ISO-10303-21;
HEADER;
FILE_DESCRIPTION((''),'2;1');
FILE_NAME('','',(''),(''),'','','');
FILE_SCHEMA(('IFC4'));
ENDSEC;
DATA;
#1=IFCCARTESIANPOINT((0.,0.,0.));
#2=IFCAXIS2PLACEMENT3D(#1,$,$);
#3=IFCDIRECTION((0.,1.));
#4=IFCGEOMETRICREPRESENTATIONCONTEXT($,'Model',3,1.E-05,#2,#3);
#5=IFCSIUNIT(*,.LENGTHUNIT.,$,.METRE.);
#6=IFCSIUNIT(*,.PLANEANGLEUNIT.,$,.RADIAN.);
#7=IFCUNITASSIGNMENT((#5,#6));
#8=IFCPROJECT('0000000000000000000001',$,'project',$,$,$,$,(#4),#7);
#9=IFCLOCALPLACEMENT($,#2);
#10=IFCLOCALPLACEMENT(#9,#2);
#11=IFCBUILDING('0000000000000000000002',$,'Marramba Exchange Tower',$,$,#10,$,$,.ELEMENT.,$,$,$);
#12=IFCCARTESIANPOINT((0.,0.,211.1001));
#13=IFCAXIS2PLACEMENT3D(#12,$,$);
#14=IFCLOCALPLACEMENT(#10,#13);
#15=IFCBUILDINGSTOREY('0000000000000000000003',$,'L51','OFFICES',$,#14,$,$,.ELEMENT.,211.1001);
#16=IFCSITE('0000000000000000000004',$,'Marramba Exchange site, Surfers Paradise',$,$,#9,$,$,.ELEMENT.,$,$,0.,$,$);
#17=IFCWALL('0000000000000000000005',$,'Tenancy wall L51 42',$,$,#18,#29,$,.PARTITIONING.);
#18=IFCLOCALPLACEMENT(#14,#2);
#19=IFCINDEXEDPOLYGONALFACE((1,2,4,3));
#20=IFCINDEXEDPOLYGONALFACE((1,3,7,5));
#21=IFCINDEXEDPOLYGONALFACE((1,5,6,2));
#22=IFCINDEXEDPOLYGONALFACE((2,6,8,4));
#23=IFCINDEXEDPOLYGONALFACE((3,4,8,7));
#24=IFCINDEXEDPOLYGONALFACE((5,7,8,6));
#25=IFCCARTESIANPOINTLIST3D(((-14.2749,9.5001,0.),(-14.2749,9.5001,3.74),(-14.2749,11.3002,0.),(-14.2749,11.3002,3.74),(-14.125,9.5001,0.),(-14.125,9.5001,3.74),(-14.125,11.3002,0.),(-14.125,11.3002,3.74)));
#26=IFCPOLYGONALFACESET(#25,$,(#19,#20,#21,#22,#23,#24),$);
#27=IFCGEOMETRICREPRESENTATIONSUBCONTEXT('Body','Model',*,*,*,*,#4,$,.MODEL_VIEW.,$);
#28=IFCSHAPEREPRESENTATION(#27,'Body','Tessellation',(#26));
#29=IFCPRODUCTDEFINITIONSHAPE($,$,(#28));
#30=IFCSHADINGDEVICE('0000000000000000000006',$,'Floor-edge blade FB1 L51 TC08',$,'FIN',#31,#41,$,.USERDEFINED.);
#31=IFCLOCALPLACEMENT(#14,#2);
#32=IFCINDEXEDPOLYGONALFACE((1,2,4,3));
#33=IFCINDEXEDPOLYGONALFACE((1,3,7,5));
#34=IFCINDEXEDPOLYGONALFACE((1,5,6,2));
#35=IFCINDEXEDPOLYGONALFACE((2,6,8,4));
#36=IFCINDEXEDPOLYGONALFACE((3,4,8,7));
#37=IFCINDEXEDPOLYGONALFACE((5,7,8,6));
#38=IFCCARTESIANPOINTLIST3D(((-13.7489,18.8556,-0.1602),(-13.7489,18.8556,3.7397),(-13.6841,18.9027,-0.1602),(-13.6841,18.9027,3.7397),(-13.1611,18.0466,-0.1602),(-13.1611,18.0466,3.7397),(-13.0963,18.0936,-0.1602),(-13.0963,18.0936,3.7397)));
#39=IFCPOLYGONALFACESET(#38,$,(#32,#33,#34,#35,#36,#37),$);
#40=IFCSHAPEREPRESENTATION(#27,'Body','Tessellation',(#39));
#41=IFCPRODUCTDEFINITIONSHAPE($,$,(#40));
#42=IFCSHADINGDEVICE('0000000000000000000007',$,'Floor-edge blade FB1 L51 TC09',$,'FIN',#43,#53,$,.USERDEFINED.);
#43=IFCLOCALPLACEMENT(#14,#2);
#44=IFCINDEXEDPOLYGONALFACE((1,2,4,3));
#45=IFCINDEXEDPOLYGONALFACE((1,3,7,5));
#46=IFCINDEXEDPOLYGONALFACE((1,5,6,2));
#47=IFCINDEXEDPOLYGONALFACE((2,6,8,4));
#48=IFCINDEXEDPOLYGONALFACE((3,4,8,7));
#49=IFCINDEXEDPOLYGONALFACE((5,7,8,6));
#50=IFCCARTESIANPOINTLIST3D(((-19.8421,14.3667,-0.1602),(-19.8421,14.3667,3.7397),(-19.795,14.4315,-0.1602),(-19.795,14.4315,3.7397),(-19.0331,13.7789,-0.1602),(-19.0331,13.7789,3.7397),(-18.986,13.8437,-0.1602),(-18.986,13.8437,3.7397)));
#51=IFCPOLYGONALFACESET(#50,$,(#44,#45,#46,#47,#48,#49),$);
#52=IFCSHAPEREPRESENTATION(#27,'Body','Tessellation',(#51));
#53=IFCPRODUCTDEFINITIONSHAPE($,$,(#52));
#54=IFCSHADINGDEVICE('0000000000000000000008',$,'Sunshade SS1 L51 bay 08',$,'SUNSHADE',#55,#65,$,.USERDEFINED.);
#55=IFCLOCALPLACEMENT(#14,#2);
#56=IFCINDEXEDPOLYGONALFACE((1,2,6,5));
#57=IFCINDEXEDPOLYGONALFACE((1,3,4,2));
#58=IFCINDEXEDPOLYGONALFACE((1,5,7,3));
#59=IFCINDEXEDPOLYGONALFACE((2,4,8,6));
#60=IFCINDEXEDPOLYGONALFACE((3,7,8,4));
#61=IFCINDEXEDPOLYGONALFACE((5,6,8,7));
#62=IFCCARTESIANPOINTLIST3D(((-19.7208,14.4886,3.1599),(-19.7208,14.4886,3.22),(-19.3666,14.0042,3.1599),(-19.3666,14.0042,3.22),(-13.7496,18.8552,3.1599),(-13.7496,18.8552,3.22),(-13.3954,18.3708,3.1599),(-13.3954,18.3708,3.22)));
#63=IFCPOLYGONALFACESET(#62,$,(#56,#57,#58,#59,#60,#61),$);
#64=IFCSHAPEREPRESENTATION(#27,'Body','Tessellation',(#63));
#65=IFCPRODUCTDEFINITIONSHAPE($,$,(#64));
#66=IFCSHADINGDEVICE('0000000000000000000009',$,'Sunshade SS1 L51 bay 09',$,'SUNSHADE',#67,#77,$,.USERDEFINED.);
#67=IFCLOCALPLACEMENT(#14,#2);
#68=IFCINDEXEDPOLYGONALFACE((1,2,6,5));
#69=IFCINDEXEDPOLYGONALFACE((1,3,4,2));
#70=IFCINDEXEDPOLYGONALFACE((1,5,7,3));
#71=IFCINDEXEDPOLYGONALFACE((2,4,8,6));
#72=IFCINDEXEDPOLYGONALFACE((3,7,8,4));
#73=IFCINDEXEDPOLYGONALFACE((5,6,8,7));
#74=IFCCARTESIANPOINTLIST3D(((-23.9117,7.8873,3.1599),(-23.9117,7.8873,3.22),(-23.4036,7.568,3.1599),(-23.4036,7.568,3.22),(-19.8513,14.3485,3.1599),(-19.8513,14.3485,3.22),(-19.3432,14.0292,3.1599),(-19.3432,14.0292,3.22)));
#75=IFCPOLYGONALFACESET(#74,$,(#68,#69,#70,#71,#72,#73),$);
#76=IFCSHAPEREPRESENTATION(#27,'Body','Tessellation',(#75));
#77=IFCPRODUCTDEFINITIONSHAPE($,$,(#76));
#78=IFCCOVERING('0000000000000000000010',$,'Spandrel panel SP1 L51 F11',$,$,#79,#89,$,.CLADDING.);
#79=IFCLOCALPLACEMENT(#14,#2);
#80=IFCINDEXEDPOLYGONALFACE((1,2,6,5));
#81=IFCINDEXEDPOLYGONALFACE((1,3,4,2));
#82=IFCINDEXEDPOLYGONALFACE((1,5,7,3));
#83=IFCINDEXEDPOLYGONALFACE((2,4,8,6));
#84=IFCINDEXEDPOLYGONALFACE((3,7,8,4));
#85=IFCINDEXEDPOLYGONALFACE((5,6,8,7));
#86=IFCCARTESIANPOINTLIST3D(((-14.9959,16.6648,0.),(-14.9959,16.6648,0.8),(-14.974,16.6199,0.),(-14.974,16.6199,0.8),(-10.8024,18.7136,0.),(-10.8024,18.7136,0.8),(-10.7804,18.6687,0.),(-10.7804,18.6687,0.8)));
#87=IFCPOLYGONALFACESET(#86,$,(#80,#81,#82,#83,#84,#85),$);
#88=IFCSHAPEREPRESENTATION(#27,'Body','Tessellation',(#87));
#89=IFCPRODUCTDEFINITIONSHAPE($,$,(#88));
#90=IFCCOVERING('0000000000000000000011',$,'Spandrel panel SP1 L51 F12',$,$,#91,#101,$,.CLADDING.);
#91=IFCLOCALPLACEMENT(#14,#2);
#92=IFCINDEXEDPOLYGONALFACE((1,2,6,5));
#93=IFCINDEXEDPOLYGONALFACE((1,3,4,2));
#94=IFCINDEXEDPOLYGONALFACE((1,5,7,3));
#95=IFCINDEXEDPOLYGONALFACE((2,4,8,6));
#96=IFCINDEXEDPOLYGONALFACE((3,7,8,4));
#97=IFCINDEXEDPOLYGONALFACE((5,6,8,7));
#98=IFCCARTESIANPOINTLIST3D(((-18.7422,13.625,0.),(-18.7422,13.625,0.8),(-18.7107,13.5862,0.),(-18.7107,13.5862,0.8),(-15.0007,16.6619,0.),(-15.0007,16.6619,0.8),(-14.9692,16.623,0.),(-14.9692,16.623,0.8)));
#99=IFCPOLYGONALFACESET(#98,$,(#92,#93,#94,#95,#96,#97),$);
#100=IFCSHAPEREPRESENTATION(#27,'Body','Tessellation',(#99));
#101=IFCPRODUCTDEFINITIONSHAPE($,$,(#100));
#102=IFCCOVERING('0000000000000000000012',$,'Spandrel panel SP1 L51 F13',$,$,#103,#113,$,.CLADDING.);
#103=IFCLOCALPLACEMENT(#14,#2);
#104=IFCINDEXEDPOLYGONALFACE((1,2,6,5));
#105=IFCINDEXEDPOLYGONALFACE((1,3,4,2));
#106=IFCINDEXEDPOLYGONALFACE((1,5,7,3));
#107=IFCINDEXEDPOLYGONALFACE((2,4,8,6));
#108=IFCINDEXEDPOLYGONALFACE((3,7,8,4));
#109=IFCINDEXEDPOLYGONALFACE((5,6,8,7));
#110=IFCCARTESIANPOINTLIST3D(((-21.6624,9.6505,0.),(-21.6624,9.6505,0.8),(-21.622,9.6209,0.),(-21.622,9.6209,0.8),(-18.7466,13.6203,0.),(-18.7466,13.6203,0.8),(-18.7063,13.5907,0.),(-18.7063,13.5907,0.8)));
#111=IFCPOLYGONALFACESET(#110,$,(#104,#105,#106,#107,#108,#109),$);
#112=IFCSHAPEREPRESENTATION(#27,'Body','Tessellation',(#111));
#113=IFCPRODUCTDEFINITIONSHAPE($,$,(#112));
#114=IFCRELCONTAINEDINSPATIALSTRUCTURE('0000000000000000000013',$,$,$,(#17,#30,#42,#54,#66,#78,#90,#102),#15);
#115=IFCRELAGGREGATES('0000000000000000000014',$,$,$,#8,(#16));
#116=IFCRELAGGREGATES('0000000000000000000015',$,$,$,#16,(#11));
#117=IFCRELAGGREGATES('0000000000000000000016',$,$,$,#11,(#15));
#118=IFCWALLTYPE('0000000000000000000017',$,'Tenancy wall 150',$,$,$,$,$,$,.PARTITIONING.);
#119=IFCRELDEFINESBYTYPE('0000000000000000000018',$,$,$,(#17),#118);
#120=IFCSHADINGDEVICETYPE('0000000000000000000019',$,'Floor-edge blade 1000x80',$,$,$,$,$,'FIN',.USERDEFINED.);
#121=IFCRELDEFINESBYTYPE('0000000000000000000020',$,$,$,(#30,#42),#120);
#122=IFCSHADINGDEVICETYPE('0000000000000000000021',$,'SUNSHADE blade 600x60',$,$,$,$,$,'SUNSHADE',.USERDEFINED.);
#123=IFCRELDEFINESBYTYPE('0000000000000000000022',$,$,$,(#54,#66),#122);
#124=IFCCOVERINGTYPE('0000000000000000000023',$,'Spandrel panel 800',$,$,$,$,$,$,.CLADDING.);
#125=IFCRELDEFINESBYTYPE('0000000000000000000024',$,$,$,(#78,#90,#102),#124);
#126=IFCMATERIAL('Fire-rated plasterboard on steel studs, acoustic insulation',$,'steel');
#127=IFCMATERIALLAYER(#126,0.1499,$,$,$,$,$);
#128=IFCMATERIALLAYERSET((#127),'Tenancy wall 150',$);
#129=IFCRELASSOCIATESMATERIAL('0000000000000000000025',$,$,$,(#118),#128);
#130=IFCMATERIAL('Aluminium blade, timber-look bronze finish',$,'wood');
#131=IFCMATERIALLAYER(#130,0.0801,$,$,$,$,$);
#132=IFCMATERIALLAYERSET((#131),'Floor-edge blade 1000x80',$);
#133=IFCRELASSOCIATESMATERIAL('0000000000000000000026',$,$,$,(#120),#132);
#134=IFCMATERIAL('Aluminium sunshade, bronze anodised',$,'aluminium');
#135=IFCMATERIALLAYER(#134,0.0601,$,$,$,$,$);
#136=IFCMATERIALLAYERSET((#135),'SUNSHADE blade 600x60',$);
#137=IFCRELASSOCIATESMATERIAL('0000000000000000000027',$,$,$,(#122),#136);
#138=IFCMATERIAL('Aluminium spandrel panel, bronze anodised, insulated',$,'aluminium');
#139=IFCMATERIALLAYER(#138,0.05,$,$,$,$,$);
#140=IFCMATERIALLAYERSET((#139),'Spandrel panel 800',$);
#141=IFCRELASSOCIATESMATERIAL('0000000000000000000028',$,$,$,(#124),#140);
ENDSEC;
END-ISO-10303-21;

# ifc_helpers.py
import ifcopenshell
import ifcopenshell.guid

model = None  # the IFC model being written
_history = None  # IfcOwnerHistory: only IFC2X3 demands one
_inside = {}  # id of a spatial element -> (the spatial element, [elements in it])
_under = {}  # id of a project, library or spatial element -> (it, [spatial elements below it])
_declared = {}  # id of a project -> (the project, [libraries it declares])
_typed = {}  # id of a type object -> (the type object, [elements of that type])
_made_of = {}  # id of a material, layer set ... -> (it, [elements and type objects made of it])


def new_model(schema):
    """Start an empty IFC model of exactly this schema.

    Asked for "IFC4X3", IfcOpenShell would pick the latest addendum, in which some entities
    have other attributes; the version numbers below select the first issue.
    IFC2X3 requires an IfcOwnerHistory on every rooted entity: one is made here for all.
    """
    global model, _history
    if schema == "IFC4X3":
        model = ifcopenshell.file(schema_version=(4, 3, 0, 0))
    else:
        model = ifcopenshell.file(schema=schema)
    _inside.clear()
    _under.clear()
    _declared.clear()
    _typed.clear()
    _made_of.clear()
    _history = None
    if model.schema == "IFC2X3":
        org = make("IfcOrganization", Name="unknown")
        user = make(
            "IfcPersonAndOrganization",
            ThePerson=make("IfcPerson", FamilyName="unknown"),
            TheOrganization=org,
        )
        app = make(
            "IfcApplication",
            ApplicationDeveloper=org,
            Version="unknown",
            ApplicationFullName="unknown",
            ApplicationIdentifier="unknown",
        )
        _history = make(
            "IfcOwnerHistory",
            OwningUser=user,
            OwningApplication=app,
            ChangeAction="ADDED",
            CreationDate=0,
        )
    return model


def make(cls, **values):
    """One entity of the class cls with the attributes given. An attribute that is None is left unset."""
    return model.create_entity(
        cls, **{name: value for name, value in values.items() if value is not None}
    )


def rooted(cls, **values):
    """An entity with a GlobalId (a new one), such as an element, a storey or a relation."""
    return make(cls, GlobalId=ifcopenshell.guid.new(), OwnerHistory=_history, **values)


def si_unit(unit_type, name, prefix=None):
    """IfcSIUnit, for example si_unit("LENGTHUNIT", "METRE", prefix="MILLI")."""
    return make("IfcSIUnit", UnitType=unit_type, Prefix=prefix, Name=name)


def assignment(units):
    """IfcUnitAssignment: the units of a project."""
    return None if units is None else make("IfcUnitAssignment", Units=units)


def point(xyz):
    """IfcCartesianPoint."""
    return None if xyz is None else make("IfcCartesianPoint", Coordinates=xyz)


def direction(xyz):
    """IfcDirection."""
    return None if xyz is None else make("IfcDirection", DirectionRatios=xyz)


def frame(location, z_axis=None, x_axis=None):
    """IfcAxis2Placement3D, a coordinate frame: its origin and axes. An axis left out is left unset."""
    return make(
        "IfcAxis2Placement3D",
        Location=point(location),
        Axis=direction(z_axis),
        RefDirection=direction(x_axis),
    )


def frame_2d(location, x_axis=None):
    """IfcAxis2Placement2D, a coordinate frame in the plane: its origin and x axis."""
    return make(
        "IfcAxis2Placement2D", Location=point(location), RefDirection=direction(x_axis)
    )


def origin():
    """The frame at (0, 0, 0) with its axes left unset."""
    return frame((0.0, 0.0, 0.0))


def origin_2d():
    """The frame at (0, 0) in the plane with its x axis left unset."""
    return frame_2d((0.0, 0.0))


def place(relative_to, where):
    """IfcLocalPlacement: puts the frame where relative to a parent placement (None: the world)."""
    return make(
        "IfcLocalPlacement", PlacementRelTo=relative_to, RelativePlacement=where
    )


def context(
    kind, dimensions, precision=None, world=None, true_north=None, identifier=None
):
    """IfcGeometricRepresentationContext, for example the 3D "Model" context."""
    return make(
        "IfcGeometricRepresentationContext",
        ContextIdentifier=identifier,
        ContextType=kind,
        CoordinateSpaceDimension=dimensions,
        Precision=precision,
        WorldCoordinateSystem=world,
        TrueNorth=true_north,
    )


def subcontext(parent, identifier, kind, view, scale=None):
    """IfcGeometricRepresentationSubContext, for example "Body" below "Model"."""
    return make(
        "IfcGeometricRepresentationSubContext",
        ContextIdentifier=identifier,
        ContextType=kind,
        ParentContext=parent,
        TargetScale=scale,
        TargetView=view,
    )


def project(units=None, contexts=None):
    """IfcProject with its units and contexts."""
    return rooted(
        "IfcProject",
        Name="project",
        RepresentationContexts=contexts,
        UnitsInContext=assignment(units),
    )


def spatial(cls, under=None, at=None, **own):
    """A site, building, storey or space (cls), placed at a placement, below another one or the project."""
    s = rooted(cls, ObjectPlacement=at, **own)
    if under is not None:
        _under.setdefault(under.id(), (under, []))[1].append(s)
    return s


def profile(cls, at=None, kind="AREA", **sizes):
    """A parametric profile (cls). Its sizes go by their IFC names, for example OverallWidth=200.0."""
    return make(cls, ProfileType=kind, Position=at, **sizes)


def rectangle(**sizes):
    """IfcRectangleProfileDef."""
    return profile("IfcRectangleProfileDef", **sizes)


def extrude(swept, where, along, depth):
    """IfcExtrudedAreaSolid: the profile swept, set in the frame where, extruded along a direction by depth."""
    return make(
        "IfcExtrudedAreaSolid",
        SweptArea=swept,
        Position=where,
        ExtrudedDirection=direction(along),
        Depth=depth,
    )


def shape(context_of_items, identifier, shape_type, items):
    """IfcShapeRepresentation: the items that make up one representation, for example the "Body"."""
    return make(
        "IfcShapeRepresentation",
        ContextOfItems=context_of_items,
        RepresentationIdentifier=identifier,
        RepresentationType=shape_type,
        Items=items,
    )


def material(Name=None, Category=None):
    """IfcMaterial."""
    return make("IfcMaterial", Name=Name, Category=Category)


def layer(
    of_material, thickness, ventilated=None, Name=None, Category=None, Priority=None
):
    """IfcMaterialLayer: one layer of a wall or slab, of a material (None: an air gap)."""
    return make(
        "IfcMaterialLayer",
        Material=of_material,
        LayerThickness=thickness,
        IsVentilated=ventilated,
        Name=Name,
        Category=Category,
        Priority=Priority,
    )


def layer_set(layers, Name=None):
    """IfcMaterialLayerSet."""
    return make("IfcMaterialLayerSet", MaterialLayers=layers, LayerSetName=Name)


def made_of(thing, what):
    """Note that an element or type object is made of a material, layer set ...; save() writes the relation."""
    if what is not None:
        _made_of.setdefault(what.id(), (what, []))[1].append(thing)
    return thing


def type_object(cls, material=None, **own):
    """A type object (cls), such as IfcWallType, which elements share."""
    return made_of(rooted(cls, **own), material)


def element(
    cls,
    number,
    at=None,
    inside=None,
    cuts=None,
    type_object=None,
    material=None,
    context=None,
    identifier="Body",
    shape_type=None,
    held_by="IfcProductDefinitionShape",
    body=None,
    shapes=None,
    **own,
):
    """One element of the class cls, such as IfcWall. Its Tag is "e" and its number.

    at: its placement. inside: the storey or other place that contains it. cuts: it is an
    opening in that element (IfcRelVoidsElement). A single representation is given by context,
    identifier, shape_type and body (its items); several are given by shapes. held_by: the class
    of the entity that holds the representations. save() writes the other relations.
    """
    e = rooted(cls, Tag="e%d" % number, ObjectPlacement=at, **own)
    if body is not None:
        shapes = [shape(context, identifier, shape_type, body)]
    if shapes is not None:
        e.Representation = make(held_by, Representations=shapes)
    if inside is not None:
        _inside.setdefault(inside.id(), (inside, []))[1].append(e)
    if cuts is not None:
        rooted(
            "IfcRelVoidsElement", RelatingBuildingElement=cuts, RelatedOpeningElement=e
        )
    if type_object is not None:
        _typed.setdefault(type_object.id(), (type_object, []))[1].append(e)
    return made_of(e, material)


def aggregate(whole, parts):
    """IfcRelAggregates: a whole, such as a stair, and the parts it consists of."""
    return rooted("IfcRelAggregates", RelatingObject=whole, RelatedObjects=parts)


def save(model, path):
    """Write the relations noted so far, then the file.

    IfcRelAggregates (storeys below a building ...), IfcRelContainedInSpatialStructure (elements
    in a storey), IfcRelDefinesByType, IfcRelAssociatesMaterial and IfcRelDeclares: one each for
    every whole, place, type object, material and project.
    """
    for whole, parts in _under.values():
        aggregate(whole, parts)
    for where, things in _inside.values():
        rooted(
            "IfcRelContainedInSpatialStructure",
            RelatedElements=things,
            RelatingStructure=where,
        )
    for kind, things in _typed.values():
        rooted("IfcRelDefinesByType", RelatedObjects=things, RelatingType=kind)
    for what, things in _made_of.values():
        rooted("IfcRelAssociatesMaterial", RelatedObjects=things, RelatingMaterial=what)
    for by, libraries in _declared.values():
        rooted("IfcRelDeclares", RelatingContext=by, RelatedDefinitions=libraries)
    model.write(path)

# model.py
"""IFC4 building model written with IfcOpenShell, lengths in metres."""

from ifc_helpers import new_model, si_unit, direction, frame, frame_2d, origin, origin_2d, place, context, subcontext, project, spatial, rectangle, extrude, material, layer, layer_set, type_object, element, save


model = new_model("IFC4")

# Units and contexts
model_context = context("Model", 3, precision=1e-05, world=origin(), true_north=direction((0.0, 1.0)))
body_context = subcontext(model_context, "Body", "Model", "MODEL_VIEW")
ifc_project = project(units=[si_unit("LENGTHUNIT", "METRE"), si_unit("PLANEANGLEUNIT", "RADIAN")], contexts=[model_context])

# Site, building, storey
site_placement = place(None, origin())
site = spatial("IfcSite", under=ifc_project, at=site_placement, Name="Marramba Exchange site, Surfers Paradise", CompositionType="ELEMENT", RefElevation=0.0)
building_placement = place(site_placement, origin())
building = spatial("IfcBuilding", under=site, at=building_placement, Name="Marramba Exchange Tower", CompositionType="ELEMENT")
storey_placement = place(building_placement, frame((0.0, 0.0, 211.1001)))
storey = spatial("IfcBuildingStorey", under=building, at=storey_placement, Name="L51", Description="OFFICES", CompositionType="ELEMENT", Elevation=211.1001)

# Wall
ifc_material_1 = material(Name="Fire-rated plasterboard on steel studs, acoustic insulation", Category="steel")
ifc_layer_1 = layer(ifc_material_1, 0.1499)
ifc_layer_set_1 = layer_set([ifc_layer_1], Name="Tenancy wall 150")
wall_type = type_object("IfcWallType", Name="Tenancy wall 150", PredefinedType="PARTITIONING", material=ifc_layer_set_1)
wall_placement = place(storey_placement, frame((-14.2, 11.3, 0.0), z_axis=(0.0, 0.0, 1.0), x_axis=(0.0, -1.0, 0.0)))
element("IfcWall", 1, at=wall_placement, inside=storey, type_object=wall_type, Name="Tenancy wall L51 42", PredefinedType="PARTITIONING", context=body_context, shape_type="SweptSolid", body=[
    extrude(rectangle(XDim=1.8, YDim=0.1499, at=frame_2d((0.8999, 0.0))), origin(), (0.0, 0.0, 1.0), 3.74),
])

# Shading devices
ifc_material_2 = material(Name="Aluminium blade, timber-look bronze finish", Category="wood")
ifc_layer_2 = layer(ifc_material_2, 0.0801)
ifc_layer_set_2 = layer_set([ifc_layer_2], Name="Floor-edge blade 1000x80")
shading_device_type_1 = type_object("IfcShadingDeviceType", Name="Floor-edge blade 1000x80", ElementType="FIN", PredefinedType="USERDEFINED", material=ifc_layer_set_2)
for number, where, z_axis, x_axis, name in (
    (2, (-13.4226, 18.4746, -0.1602), (0.0, 0.0, 1.0), (-0.587785, 0.809017, 0.0), "Floor-edge blade FB1 L51 TC08"),
    (3, (-19.4141, 14.1052, -0.1602), (0.0, 0.0, 1.0), (-0.809017, 0.587785, 0.0), "Floor-edge blade FB1 L51 TC09"),
):
    element("IfcShadingDevice", number, at=place(storey_placement, frame(where, z_axis=z_axis, x_axis=x_axis)), inside=storey, type_object=shading_device_type_1, Name=name, ObjectType="FIN", PredefinedType="USERDEFINED", context=body_context, shape_type="SweptSolid", body=[
        extrude(rectangle(XDim=1.0, YDim=0.0801, at=origin_2d()), origin(), (0.0, 0.0, 1.0), 3.8999),
    ])
ifc_material_3 = material(Name="Aluminium sunshade, bronze anodised", Category="aluminium")
ifc_layer_3 = layer(ifc_material_3, 0.0601)
ifc_layer_set_3 = layer_set([ifc_layer_3], Name="SUNSHADE blade 600x60")
shading_device_type_2 = type_object("IfcShadingDeviceType", Name="SUNSHADE blade 600x60", ElementType="SUNSHADE", PredefinedType="USERDEFINED", material=ifc_layer_set_3)
shading_device_1_placement = place(storey_placement, frame((-16.5581, 16.4297, 3.1599), z_axis=(0.0, 0.0, 1.0), x_axis=(-0.807194, -0.590286, 0.0)))
element("IfcShadingDevice", 4, at=shading_device_1_placement, inside=storey, type_object=shading_device_type_2, Name="Sunshade SS1 L51 bay 08", ObjectType="SUNSHADE", PredefinedType="USERDEFINED", context=body_context, shape_type="SweptSolid", body=[
    extrude(rectangle(XDim=7.3975, YDim=0.6001, at=origin_2d()), origin(), (0.0, 0.0, 1.0), 0.0601),
])
shading_device_2_placement = place(storey_placement, frame((-21.6274, 10.9583, 3.1599), z_axis=(0.0, 0.0, 1.0), x_axis=(-0.532082, -0.846693, 0.0)))
element("IfcShadingDevice", 5, at=shading_device_2_placement, inside=storey, type_object=shading_device_type_2, Name="Sunshade SS1 L51 bay 09", ObjectType="SUNSHADE", PredefinedType="USERDEFINED", context=body_context, shape_type="SweptSolid", body=[
    extrude(rectangle(XDim=7.6311, YDim=0.6001, at=origin_2d()), origin(), (0.0, 0.0, 1.0), 0.0601),
])

# Coverings
ifc_material_4 = material(Name="Aluminium spandrel panel, bronze anodised, insulated", Category="aluminium")
ifc_layer_4 = layer(ifc_material_4, 0.05)
ifc_layer_set_4 = layer_set([ifc_layer_4], Name="Spandrel panel 800")
covering_type = type_object("IfcCoveringType", Name="Spandrel panel 800", PredefinedType="CLADDING", material=ifc_layer_set_4)
covering_1_placement = place(storey_placement, frame((-12.8882, 17.6667, 0.0), z_axis=(0.0, 0.0, 1.0), x_axis=(-0.898501, -0.438972, 0.0)))
element("IfcCovering", 6, at=covering_1_placement, inside=storey, type_object=covering_type, Name="Spandrel panel SP1 L51 F11", PredefinedType="CLADDING", context=body_context, shape_type="SweptSolid", body=[
    extrude(rectangle(XDim=4.6672, YDim=0.05, at=origin_2d()), origin(), (0.0, 0.0, 1.0), 0.8),
])
covering_2_placement = place(storey_placement, frame((-16.8557, 15.124, 0.0), z_axis=(0.0, 0.0, 1.0), x_axis=(-0.776432, -0.630201, 0.0)))
element("IfcCovering", 7, at=covering_2_placement, inside=storey, type_object=covering_type, Name="Spandrel panel SP1 L51 F12", PredefinedType="CLADDING", context=body_context, shape_type="SweptSolid", body=[
    extrude(rectangle(XDim=4.8188, YDim=0.05, at=origin_2d()), origin(), (0.0, 0.0, 1.0), 0.8),
])
covering_3_placement = place(storey_placement, frame((-20.1843, 11.6206, 0.0), z_axis=(0.0, 0.0, 1.0), x_axis=(-0.591963, -0.805965, 0.0)))
element("IfcCovering", 8, at=covering_3_placement, inside=storey, type_object=covering_type, Name="Spandrel panel SP1 L51 F13", PredefinedType="CLADDING", context=body_context, shape_type="SweptSolid", body=[
    extrude(rectangle(XDim=4.9255, YDim=0.05, at=origin_2d()), origin(), (0.0, 0.0, 1.0), 0.8),
])

save(model, "model.ifc")
